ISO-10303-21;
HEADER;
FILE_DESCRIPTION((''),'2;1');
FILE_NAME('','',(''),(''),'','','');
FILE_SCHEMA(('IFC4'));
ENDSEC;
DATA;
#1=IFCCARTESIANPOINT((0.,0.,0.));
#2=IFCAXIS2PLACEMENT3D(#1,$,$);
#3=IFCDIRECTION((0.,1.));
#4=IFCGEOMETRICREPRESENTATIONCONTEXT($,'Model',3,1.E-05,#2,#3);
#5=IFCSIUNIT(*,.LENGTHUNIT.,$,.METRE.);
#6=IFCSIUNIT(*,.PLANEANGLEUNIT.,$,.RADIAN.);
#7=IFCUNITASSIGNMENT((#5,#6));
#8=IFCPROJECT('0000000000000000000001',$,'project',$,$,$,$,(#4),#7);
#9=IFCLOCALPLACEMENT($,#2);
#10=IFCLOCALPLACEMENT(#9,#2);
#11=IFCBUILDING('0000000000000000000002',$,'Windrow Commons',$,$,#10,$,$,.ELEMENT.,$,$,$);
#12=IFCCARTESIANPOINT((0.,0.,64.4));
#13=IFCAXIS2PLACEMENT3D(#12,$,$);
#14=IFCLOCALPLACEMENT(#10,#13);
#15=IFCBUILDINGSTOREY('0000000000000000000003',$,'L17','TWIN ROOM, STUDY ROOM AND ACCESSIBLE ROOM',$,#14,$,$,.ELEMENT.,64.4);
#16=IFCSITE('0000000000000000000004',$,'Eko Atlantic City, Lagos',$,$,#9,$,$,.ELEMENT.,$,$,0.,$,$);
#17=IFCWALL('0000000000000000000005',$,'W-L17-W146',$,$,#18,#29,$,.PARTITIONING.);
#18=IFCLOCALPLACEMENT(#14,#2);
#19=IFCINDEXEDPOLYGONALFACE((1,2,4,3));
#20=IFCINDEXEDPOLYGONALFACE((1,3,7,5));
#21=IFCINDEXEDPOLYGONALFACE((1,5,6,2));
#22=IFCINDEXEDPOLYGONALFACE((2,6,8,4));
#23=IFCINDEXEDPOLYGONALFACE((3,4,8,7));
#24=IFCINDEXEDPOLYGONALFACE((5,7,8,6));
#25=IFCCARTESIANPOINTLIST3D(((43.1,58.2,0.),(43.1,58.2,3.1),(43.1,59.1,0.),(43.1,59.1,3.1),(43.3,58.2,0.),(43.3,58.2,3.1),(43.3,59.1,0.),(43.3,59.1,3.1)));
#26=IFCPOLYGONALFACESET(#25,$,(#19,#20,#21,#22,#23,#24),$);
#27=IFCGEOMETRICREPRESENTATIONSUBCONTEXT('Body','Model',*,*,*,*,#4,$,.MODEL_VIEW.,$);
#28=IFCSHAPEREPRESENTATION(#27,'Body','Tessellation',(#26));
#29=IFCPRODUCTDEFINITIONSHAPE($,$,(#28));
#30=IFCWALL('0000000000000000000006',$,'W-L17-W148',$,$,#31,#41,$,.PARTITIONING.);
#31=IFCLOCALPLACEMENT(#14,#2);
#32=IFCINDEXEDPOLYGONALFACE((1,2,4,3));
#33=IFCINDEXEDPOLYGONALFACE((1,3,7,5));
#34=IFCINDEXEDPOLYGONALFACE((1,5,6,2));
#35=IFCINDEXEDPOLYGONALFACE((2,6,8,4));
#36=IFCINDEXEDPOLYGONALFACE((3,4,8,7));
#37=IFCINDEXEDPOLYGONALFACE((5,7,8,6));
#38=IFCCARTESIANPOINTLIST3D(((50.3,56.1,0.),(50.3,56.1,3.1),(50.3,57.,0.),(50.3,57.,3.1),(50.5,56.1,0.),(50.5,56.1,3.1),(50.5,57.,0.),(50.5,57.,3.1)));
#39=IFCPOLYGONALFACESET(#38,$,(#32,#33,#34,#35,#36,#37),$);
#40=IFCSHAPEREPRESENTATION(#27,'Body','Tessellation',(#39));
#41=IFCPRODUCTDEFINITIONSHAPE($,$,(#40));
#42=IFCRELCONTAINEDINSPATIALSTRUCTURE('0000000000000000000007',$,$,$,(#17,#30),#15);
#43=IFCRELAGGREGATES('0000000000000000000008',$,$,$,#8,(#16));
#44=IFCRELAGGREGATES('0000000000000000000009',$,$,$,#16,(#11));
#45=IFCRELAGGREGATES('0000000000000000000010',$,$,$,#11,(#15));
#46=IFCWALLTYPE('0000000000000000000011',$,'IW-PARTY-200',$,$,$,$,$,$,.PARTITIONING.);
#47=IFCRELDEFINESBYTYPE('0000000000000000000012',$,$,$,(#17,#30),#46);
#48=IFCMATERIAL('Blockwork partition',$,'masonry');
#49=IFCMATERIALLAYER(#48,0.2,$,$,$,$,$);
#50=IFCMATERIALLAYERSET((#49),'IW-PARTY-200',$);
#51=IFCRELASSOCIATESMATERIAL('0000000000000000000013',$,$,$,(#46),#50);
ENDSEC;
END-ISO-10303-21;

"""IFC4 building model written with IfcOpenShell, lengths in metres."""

from ifc_helpers import new_model, si_unit, direction, frame, frame_2d, origin, place, context, subcontext, project, spatial, rectangle, extrude, material, layer, layer_set, type_object, element, save


model = new_model("IFC4")

# Units and contexts
model_context = context("Model", 3, precision=1e-05, world=origin(), true_north=direction((0.0, 1.0)))
body_context = subcontext(model_context, "Body", "Model", "MODEL_VIEW")
ifc_project = project(units=[si_unit("LENGTHUNIT", "METRE"), si_unit("PLANEANGLEUNIT", "RADIAN")], contexts=[model_context])

# Site, building, storey
site_placement = place(None, origin())
site = spatial("IfcSite", under=ifc_project, at=site_placement, Name="Eko Atlantic City, Lagos", CompositionType="ELEMENT", RefElevation=0.0)
building_placement = place(site_placement, origin())
building = spatial("IfcBuilding", under=site, at=building_placement, Name="Windrow Commons", CompositionType="ELEMENT")
storey_placement = place(building_placement, frame((0.0, 0.0, 64.4)))
storey = spatial("IfcBuildingStorey", under=building, at=storey_placement, Name="L17", Description="TWIN ROOM, STUDY ROOM AND ACCESSIBLE ROOM", CompositionType="ELEMENT", Elevation=64.4)

# Walls
ifc_material_1 = material(Name="Blockwork partition", Category="masonry")
ifc_layer_1 = layer(ifc_material_1, 0.2)
ifc_layer_set_1 = layer_set([ifc_layer_1], Name="IW-PARTY-200")
wall_type_1 = type_object("IfcWallType", Name="IW-PARTY-200", PredefinedType="PARTITIONING", material=ifc_layer_set_1)
for number, where, z_axis, x_axis, name in (
    (1, (43.2, 58.2, 0.0), (0.0, 0.0, 1.0), (0.0, 1.0, 0.0), "W-L17-W146"),
    (2, (50.4, 56.1, 0.0), (0.0, 0.0, 1.0), (0.0, 1.0, 0.0), "W-L17-W148"),
):
    element("IfcWall", number, at=place(storey_placement, frame(where, z_axis=z_axis, x_axis=x_axis)), inside=storey, type_object=wall_type_1, Name=name, PredefinedType="PARTITIONING", context=body_context, shape_type="SweptSolid", body=[
        extrude(rectangle(XDim=0.9, YDim=0.2, at=frame_2d((0.45, 0.0))), origin(), (0.0, 0.0, 1.0), 3.1),
    ])

save(model, "model.ifc")
